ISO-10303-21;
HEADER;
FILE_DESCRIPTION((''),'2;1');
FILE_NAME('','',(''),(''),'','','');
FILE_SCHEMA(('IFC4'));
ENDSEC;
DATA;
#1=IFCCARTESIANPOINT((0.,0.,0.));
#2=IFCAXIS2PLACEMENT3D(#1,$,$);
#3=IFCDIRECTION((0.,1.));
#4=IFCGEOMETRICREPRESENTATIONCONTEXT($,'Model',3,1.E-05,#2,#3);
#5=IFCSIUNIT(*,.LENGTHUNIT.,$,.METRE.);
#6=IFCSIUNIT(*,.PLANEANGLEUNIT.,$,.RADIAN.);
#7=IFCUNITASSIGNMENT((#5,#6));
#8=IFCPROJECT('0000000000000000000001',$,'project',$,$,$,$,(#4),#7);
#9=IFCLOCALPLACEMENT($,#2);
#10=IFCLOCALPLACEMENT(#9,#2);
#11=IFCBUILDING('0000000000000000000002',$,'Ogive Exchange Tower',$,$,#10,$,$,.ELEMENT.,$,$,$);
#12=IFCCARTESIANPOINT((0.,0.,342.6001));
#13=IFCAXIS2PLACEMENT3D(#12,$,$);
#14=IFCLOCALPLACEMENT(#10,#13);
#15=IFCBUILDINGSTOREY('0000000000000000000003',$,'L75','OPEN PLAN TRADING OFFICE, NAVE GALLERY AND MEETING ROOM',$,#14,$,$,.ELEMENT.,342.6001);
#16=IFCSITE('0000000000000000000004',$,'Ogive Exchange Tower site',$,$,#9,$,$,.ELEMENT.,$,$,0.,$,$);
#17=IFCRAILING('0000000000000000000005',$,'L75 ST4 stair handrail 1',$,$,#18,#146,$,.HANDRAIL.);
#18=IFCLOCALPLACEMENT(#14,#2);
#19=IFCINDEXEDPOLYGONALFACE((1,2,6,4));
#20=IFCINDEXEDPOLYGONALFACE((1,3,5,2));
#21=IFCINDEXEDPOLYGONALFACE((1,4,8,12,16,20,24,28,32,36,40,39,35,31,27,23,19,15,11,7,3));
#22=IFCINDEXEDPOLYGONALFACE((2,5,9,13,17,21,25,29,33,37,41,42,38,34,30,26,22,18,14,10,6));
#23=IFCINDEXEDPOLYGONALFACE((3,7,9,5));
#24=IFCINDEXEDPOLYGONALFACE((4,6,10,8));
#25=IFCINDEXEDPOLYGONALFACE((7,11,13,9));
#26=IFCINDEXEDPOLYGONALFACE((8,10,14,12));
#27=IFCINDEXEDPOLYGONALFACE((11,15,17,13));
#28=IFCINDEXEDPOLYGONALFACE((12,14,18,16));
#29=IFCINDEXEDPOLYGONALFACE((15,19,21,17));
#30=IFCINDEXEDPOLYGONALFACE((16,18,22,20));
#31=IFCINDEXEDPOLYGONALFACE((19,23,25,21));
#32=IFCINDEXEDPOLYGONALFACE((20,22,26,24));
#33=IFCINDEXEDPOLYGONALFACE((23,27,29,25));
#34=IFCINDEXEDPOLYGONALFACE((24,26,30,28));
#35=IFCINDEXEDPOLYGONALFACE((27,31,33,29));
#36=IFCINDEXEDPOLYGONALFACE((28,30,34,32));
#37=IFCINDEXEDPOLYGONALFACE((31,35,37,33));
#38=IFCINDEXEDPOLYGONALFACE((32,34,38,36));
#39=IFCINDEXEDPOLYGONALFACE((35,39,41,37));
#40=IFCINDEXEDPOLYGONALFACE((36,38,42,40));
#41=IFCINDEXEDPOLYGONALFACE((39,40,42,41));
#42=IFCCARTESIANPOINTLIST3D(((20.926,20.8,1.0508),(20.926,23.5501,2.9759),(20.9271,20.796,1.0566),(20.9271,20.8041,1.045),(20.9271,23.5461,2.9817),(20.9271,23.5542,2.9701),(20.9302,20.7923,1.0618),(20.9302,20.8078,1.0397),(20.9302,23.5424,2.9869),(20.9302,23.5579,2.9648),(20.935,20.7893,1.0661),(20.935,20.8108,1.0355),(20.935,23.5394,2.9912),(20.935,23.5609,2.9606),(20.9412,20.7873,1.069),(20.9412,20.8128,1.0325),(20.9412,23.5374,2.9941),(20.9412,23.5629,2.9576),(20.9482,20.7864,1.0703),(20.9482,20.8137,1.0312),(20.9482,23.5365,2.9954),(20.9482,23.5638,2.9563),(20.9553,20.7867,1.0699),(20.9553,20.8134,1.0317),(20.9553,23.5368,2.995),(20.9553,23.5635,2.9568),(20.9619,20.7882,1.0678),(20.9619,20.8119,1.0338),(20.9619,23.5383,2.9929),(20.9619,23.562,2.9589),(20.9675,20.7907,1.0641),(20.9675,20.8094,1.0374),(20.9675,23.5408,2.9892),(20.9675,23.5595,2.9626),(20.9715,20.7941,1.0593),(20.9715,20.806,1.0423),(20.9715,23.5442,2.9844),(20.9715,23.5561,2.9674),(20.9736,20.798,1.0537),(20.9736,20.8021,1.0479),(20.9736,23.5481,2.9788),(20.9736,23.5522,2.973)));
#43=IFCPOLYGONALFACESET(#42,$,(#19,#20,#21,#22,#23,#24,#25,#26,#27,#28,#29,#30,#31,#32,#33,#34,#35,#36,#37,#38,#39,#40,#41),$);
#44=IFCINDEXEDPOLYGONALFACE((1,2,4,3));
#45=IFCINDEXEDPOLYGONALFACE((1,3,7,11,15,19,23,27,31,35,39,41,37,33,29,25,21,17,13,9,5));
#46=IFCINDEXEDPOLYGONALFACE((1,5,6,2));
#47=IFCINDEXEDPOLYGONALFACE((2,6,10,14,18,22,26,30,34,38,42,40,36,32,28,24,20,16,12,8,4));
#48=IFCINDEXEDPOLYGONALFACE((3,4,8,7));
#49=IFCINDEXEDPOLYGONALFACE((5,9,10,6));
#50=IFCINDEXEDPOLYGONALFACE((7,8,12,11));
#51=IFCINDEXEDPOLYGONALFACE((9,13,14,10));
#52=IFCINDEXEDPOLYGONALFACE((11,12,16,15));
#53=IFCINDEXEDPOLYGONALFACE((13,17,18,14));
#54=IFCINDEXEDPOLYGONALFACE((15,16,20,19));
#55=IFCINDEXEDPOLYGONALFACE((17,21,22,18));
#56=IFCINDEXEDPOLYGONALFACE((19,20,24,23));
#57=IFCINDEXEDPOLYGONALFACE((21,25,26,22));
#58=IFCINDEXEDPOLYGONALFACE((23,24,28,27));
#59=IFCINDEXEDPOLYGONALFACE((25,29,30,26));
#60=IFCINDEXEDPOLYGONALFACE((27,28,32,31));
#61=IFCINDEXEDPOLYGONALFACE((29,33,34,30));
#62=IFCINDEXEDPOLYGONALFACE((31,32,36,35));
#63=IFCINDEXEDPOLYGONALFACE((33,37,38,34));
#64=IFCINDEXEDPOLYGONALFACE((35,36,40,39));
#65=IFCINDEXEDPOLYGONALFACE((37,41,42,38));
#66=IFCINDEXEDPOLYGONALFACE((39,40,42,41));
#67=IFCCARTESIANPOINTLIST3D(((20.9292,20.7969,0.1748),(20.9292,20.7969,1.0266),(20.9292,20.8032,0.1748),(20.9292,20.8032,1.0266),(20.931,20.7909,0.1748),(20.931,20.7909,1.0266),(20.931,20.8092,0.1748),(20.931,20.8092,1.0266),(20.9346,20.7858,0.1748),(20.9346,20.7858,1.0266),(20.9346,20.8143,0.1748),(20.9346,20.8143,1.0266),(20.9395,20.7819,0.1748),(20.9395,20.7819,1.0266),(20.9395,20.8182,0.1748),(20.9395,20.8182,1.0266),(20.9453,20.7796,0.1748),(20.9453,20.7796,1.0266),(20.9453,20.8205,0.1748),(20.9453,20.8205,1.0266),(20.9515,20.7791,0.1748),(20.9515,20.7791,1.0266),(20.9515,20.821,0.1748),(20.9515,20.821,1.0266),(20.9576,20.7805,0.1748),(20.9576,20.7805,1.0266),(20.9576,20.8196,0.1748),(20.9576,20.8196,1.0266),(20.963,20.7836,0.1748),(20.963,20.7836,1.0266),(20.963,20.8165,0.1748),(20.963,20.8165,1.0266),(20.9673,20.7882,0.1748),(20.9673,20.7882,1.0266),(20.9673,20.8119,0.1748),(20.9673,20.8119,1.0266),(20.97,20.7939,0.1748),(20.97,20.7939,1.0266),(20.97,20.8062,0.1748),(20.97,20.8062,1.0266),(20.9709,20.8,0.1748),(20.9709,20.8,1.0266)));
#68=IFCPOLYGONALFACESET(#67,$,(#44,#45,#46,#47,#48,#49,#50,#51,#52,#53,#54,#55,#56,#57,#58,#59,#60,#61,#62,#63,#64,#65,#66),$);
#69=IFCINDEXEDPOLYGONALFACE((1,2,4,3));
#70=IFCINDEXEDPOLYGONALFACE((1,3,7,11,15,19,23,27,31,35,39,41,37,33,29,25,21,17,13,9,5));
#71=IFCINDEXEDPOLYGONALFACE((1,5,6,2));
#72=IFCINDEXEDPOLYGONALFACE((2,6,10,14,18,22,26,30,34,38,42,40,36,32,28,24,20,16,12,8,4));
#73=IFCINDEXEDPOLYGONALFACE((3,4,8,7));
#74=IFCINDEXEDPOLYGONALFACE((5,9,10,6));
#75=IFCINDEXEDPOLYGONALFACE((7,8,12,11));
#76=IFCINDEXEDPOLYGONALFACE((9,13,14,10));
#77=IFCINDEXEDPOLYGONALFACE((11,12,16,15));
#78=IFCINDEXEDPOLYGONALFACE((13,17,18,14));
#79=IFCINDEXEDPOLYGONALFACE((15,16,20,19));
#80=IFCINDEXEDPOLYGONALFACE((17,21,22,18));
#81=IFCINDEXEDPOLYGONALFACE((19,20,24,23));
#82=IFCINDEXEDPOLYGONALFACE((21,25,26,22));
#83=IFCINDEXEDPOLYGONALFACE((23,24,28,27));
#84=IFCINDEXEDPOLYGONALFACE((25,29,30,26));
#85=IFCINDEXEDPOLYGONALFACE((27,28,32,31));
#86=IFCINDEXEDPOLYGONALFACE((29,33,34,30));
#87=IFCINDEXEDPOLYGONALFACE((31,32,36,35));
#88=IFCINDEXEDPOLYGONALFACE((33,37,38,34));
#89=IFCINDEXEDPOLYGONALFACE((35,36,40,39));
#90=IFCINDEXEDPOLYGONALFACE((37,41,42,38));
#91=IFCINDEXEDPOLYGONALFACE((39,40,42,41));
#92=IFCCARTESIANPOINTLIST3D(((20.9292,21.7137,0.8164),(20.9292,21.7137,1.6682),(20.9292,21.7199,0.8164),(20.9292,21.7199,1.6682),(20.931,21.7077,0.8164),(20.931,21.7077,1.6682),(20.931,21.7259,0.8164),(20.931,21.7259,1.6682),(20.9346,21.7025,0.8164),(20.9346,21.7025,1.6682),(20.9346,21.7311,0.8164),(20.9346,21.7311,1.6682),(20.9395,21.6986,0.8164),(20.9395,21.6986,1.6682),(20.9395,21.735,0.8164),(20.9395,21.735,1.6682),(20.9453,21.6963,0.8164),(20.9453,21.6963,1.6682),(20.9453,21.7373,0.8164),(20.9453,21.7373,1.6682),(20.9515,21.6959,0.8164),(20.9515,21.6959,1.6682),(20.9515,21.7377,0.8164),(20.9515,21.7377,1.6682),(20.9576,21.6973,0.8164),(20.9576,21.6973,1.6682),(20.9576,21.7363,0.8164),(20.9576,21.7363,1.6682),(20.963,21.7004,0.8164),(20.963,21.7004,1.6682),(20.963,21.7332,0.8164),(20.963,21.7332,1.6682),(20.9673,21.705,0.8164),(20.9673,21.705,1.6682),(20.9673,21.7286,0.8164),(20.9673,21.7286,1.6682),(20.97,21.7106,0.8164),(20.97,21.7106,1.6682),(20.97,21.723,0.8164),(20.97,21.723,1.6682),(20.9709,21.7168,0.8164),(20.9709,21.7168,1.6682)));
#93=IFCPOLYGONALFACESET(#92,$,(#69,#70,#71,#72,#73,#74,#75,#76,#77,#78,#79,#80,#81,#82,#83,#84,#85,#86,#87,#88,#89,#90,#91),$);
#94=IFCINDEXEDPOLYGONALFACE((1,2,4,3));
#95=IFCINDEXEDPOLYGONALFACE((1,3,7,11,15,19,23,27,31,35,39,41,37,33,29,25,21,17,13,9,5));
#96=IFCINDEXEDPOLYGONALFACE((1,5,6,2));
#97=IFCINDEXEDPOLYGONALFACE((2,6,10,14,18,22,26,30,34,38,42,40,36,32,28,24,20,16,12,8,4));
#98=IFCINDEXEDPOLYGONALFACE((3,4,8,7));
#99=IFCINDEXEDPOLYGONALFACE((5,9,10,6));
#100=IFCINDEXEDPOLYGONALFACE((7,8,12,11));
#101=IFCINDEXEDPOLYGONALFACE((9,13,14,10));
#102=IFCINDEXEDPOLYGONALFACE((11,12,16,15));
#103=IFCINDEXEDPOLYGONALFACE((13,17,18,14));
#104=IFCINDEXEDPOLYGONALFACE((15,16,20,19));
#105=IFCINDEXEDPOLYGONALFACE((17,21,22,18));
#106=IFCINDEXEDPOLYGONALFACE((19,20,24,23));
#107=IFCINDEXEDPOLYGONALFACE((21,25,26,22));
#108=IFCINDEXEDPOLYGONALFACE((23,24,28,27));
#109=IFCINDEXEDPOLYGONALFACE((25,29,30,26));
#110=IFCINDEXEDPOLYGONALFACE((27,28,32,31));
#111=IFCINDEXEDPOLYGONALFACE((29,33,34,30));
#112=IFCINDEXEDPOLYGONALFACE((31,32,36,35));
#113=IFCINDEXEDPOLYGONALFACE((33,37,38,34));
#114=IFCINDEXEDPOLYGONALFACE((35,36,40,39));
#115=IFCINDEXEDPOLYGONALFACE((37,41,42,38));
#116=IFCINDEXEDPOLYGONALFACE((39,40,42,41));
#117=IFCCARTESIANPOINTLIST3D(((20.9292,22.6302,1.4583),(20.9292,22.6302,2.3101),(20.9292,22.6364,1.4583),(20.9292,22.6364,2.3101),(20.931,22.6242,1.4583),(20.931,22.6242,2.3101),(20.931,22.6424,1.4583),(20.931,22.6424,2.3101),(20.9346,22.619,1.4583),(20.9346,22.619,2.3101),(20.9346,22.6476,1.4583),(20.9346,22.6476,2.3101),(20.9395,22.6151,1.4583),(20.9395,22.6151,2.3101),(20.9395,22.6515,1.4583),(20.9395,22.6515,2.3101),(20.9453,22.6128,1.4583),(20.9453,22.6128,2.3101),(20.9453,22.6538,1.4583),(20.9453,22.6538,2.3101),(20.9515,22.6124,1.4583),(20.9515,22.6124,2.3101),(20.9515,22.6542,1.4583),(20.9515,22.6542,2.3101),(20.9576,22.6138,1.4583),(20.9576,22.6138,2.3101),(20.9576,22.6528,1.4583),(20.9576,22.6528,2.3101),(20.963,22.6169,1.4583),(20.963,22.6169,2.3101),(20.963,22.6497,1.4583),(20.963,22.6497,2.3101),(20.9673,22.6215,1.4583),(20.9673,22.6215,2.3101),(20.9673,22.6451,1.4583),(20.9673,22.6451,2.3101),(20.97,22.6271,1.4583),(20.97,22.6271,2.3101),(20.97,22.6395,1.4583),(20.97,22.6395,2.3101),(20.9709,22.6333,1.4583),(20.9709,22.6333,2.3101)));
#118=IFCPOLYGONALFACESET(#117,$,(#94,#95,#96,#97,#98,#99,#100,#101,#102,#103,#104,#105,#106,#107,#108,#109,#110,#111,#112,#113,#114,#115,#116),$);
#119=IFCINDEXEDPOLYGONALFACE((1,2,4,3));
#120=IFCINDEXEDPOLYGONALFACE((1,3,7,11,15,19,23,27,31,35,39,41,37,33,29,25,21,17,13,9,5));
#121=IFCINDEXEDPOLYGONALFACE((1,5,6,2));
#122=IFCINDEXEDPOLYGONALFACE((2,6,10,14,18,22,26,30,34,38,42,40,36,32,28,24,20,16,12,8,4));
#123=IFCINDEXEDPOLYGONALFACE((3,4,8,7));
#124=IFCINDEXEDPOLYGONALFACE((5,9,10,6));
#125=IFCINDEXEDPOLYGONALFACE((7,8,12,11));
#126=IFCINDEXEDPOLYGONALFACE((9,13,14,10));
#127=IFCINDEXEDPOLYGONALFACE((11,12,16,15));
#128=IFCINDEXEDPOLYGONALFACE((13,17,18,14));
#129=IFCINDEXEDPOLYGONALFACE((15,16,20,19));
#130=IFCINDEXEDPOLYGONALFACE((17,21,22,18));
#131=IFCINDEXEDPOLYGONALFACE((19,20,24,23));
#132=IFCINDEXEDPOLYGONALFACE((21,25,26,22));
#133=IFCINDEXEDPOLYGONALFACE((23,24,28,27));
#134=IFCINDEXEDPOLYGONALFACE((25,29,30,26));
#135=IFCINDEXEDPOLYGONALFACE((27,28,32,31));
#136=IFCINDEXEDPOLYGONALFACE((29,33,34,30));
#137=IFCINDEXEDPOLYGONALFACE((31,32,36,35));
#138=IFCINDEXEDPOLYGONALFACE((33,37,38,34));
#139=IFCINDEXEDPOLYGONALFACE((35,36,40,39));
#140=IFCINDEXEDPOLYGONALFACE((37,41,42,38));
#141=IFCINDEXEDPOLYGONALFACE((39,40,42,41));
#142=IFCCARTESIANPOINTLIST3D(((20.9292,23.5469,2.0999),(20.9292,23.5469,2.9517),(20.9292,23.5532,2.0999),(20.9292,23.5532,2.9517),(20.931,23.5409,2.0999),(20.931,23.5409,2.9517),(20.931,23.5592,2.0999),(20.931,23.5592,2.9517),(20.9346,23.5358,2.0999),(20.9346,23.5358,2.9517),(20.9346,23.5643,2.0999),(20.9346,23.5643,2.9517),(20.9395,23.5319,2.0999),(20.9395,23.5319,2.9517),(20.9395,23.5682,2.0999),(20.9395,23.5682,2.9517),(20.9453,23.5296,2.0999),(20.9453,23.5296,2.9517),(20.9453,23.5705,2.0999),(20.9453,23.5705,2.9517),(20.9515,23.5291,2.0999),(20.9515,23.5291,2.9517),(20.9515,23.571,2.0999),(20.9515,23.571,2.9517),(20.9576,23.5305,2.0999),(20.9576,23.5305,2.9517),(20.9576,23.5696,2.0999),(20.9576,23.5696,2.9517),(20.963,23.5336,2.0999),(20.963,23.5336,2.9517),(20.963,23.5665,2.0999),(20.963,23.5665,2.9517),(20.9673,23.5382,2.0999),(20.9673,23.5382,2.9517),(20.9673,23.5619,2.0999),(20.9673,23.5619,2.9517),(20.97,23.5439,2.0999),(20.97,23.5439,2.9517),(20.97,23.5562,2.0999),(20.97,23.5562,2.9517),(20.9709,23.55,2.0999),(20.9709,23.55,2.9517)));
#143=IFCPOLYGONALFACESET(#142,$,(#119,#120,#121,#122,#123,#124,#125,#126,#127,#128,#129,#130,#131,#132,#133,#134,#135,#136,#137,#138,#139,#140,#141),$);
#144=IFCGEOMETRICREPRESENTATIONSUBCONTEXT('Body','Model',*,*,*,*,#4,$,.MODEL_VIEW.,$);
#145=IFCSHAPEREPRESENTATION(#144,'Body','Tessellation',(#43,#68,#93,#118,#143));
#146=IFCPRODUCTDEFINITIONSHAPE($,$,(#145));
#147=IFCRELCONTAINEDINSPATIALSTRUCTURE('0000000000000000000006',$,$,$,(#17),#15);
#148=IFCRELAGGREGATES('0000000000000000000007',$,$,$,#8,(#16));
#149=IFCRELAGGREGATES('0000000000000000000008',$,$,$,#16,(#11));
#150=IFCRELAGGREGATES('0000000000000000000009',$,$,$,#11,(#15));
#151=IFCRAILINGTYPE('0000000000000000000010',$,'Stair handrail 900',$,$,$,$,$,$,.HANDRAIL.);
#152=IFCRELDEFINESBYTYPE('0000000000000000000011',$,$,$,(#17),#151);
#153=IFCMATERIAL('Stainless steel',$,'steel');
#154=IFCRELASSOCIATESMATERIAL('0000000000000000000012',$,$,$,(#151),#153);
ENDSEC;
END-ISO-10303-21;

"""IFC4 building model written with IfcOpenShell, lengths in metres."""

from ifc_helpers import new_model, si_unit, direction, frame, origin, origin_2d, place, context, subcontext, project, spatial, circle, extrude, material, type_object, element, save


model = new_model("IFC4")

# Units and contexts
model_context = context("Model", 3, precision=1e-05, world=origin(), true_north=direction((0.0, 1.0)))
body_context = subcontext(model_context, "Body", "Model", "MODEL_VIEW")
ifc_project = project(units=[si_unit("LENGTHUNIT", "METRE"), si_unit("PLANEANGLEUNIT", "RADIAN")], contexts=[model_context])

# Site, building, storey
site_placement = place(None, origin())
site = spatial("IfcSite", under=ifc_project, at=site_placement, Name="Ogive Exchange Tower site", CompositionType="ELEMENT", RefElevation=0.0)
building_placement = place(site_placement, origin())
building = spatial("IfcBuilding", under=site, at=building_placement, Name="Ogive Exchange Tower", CompositionType="ELEMENT")
storey_placement = place(building_placement, frame((0.0, 0.0, 342.6001)))
storey = spatial("IfcBuildingStorey", under=building, at=storey_placement, Name="L75", Description="OPEN PLAN TRADING OFFICE, NAVE GALLERY AND MEETING ROOM", CompositionType="ELEMENT", Elevation=342.6001)

# Shared definitions
ifc_material_1 = material(Name="Stainless steel", Category="steel")

# Railing
railing_type = type_object("IfcRailingType", Name="Stair handrail 900", PredefinedType="HANDRAIL", material=ifc_material_1)
railing_1_placement = place(storey_placement, frame((20.95, 20.8, 0.1748)))
element("IfcRailing", 1, at=railing_1_placement, inside=storey, type_object=railing_type, Name="L75 ST4 stair handrail 1", PredefinedType="HANDRAIL", context=body_context, shape_type="SweptSolid", body=[
    extrude(circle(Radius=0.0239, at=origin_2d()), frame((0.0, 0.0, 0.876), z_axis=(0.0, 0.819225, 0.573472), x_axis=(-1.0, 0.0, 0.0)), (0.0, 0.0, 1.0), 3.3569),
    extrude(circle(Radius=0.021, at=origin_2d()), origin(), (0.0, 0.0, 1.0), 0.8518),
    extrude(circle(Radius=0.021, at=origin_2d()), frame((0.0, 0.9167, 0.6416)), (0.0, 0.0, 1.0), 0.8518),
    extrude(circle(Radius=0.021, at=origin_2d()), frame((0.0, 1.8333, 1.2834)), (0.0, 0.0, 1.0), 0.8518),
    extrude(circle(Radius=0.021, at=origin_2d()), frame((0.0, 2.75, 1.925)), (0.0, 0.0, 1.0), 0.8518),
])

save(model, "model.ifc")
